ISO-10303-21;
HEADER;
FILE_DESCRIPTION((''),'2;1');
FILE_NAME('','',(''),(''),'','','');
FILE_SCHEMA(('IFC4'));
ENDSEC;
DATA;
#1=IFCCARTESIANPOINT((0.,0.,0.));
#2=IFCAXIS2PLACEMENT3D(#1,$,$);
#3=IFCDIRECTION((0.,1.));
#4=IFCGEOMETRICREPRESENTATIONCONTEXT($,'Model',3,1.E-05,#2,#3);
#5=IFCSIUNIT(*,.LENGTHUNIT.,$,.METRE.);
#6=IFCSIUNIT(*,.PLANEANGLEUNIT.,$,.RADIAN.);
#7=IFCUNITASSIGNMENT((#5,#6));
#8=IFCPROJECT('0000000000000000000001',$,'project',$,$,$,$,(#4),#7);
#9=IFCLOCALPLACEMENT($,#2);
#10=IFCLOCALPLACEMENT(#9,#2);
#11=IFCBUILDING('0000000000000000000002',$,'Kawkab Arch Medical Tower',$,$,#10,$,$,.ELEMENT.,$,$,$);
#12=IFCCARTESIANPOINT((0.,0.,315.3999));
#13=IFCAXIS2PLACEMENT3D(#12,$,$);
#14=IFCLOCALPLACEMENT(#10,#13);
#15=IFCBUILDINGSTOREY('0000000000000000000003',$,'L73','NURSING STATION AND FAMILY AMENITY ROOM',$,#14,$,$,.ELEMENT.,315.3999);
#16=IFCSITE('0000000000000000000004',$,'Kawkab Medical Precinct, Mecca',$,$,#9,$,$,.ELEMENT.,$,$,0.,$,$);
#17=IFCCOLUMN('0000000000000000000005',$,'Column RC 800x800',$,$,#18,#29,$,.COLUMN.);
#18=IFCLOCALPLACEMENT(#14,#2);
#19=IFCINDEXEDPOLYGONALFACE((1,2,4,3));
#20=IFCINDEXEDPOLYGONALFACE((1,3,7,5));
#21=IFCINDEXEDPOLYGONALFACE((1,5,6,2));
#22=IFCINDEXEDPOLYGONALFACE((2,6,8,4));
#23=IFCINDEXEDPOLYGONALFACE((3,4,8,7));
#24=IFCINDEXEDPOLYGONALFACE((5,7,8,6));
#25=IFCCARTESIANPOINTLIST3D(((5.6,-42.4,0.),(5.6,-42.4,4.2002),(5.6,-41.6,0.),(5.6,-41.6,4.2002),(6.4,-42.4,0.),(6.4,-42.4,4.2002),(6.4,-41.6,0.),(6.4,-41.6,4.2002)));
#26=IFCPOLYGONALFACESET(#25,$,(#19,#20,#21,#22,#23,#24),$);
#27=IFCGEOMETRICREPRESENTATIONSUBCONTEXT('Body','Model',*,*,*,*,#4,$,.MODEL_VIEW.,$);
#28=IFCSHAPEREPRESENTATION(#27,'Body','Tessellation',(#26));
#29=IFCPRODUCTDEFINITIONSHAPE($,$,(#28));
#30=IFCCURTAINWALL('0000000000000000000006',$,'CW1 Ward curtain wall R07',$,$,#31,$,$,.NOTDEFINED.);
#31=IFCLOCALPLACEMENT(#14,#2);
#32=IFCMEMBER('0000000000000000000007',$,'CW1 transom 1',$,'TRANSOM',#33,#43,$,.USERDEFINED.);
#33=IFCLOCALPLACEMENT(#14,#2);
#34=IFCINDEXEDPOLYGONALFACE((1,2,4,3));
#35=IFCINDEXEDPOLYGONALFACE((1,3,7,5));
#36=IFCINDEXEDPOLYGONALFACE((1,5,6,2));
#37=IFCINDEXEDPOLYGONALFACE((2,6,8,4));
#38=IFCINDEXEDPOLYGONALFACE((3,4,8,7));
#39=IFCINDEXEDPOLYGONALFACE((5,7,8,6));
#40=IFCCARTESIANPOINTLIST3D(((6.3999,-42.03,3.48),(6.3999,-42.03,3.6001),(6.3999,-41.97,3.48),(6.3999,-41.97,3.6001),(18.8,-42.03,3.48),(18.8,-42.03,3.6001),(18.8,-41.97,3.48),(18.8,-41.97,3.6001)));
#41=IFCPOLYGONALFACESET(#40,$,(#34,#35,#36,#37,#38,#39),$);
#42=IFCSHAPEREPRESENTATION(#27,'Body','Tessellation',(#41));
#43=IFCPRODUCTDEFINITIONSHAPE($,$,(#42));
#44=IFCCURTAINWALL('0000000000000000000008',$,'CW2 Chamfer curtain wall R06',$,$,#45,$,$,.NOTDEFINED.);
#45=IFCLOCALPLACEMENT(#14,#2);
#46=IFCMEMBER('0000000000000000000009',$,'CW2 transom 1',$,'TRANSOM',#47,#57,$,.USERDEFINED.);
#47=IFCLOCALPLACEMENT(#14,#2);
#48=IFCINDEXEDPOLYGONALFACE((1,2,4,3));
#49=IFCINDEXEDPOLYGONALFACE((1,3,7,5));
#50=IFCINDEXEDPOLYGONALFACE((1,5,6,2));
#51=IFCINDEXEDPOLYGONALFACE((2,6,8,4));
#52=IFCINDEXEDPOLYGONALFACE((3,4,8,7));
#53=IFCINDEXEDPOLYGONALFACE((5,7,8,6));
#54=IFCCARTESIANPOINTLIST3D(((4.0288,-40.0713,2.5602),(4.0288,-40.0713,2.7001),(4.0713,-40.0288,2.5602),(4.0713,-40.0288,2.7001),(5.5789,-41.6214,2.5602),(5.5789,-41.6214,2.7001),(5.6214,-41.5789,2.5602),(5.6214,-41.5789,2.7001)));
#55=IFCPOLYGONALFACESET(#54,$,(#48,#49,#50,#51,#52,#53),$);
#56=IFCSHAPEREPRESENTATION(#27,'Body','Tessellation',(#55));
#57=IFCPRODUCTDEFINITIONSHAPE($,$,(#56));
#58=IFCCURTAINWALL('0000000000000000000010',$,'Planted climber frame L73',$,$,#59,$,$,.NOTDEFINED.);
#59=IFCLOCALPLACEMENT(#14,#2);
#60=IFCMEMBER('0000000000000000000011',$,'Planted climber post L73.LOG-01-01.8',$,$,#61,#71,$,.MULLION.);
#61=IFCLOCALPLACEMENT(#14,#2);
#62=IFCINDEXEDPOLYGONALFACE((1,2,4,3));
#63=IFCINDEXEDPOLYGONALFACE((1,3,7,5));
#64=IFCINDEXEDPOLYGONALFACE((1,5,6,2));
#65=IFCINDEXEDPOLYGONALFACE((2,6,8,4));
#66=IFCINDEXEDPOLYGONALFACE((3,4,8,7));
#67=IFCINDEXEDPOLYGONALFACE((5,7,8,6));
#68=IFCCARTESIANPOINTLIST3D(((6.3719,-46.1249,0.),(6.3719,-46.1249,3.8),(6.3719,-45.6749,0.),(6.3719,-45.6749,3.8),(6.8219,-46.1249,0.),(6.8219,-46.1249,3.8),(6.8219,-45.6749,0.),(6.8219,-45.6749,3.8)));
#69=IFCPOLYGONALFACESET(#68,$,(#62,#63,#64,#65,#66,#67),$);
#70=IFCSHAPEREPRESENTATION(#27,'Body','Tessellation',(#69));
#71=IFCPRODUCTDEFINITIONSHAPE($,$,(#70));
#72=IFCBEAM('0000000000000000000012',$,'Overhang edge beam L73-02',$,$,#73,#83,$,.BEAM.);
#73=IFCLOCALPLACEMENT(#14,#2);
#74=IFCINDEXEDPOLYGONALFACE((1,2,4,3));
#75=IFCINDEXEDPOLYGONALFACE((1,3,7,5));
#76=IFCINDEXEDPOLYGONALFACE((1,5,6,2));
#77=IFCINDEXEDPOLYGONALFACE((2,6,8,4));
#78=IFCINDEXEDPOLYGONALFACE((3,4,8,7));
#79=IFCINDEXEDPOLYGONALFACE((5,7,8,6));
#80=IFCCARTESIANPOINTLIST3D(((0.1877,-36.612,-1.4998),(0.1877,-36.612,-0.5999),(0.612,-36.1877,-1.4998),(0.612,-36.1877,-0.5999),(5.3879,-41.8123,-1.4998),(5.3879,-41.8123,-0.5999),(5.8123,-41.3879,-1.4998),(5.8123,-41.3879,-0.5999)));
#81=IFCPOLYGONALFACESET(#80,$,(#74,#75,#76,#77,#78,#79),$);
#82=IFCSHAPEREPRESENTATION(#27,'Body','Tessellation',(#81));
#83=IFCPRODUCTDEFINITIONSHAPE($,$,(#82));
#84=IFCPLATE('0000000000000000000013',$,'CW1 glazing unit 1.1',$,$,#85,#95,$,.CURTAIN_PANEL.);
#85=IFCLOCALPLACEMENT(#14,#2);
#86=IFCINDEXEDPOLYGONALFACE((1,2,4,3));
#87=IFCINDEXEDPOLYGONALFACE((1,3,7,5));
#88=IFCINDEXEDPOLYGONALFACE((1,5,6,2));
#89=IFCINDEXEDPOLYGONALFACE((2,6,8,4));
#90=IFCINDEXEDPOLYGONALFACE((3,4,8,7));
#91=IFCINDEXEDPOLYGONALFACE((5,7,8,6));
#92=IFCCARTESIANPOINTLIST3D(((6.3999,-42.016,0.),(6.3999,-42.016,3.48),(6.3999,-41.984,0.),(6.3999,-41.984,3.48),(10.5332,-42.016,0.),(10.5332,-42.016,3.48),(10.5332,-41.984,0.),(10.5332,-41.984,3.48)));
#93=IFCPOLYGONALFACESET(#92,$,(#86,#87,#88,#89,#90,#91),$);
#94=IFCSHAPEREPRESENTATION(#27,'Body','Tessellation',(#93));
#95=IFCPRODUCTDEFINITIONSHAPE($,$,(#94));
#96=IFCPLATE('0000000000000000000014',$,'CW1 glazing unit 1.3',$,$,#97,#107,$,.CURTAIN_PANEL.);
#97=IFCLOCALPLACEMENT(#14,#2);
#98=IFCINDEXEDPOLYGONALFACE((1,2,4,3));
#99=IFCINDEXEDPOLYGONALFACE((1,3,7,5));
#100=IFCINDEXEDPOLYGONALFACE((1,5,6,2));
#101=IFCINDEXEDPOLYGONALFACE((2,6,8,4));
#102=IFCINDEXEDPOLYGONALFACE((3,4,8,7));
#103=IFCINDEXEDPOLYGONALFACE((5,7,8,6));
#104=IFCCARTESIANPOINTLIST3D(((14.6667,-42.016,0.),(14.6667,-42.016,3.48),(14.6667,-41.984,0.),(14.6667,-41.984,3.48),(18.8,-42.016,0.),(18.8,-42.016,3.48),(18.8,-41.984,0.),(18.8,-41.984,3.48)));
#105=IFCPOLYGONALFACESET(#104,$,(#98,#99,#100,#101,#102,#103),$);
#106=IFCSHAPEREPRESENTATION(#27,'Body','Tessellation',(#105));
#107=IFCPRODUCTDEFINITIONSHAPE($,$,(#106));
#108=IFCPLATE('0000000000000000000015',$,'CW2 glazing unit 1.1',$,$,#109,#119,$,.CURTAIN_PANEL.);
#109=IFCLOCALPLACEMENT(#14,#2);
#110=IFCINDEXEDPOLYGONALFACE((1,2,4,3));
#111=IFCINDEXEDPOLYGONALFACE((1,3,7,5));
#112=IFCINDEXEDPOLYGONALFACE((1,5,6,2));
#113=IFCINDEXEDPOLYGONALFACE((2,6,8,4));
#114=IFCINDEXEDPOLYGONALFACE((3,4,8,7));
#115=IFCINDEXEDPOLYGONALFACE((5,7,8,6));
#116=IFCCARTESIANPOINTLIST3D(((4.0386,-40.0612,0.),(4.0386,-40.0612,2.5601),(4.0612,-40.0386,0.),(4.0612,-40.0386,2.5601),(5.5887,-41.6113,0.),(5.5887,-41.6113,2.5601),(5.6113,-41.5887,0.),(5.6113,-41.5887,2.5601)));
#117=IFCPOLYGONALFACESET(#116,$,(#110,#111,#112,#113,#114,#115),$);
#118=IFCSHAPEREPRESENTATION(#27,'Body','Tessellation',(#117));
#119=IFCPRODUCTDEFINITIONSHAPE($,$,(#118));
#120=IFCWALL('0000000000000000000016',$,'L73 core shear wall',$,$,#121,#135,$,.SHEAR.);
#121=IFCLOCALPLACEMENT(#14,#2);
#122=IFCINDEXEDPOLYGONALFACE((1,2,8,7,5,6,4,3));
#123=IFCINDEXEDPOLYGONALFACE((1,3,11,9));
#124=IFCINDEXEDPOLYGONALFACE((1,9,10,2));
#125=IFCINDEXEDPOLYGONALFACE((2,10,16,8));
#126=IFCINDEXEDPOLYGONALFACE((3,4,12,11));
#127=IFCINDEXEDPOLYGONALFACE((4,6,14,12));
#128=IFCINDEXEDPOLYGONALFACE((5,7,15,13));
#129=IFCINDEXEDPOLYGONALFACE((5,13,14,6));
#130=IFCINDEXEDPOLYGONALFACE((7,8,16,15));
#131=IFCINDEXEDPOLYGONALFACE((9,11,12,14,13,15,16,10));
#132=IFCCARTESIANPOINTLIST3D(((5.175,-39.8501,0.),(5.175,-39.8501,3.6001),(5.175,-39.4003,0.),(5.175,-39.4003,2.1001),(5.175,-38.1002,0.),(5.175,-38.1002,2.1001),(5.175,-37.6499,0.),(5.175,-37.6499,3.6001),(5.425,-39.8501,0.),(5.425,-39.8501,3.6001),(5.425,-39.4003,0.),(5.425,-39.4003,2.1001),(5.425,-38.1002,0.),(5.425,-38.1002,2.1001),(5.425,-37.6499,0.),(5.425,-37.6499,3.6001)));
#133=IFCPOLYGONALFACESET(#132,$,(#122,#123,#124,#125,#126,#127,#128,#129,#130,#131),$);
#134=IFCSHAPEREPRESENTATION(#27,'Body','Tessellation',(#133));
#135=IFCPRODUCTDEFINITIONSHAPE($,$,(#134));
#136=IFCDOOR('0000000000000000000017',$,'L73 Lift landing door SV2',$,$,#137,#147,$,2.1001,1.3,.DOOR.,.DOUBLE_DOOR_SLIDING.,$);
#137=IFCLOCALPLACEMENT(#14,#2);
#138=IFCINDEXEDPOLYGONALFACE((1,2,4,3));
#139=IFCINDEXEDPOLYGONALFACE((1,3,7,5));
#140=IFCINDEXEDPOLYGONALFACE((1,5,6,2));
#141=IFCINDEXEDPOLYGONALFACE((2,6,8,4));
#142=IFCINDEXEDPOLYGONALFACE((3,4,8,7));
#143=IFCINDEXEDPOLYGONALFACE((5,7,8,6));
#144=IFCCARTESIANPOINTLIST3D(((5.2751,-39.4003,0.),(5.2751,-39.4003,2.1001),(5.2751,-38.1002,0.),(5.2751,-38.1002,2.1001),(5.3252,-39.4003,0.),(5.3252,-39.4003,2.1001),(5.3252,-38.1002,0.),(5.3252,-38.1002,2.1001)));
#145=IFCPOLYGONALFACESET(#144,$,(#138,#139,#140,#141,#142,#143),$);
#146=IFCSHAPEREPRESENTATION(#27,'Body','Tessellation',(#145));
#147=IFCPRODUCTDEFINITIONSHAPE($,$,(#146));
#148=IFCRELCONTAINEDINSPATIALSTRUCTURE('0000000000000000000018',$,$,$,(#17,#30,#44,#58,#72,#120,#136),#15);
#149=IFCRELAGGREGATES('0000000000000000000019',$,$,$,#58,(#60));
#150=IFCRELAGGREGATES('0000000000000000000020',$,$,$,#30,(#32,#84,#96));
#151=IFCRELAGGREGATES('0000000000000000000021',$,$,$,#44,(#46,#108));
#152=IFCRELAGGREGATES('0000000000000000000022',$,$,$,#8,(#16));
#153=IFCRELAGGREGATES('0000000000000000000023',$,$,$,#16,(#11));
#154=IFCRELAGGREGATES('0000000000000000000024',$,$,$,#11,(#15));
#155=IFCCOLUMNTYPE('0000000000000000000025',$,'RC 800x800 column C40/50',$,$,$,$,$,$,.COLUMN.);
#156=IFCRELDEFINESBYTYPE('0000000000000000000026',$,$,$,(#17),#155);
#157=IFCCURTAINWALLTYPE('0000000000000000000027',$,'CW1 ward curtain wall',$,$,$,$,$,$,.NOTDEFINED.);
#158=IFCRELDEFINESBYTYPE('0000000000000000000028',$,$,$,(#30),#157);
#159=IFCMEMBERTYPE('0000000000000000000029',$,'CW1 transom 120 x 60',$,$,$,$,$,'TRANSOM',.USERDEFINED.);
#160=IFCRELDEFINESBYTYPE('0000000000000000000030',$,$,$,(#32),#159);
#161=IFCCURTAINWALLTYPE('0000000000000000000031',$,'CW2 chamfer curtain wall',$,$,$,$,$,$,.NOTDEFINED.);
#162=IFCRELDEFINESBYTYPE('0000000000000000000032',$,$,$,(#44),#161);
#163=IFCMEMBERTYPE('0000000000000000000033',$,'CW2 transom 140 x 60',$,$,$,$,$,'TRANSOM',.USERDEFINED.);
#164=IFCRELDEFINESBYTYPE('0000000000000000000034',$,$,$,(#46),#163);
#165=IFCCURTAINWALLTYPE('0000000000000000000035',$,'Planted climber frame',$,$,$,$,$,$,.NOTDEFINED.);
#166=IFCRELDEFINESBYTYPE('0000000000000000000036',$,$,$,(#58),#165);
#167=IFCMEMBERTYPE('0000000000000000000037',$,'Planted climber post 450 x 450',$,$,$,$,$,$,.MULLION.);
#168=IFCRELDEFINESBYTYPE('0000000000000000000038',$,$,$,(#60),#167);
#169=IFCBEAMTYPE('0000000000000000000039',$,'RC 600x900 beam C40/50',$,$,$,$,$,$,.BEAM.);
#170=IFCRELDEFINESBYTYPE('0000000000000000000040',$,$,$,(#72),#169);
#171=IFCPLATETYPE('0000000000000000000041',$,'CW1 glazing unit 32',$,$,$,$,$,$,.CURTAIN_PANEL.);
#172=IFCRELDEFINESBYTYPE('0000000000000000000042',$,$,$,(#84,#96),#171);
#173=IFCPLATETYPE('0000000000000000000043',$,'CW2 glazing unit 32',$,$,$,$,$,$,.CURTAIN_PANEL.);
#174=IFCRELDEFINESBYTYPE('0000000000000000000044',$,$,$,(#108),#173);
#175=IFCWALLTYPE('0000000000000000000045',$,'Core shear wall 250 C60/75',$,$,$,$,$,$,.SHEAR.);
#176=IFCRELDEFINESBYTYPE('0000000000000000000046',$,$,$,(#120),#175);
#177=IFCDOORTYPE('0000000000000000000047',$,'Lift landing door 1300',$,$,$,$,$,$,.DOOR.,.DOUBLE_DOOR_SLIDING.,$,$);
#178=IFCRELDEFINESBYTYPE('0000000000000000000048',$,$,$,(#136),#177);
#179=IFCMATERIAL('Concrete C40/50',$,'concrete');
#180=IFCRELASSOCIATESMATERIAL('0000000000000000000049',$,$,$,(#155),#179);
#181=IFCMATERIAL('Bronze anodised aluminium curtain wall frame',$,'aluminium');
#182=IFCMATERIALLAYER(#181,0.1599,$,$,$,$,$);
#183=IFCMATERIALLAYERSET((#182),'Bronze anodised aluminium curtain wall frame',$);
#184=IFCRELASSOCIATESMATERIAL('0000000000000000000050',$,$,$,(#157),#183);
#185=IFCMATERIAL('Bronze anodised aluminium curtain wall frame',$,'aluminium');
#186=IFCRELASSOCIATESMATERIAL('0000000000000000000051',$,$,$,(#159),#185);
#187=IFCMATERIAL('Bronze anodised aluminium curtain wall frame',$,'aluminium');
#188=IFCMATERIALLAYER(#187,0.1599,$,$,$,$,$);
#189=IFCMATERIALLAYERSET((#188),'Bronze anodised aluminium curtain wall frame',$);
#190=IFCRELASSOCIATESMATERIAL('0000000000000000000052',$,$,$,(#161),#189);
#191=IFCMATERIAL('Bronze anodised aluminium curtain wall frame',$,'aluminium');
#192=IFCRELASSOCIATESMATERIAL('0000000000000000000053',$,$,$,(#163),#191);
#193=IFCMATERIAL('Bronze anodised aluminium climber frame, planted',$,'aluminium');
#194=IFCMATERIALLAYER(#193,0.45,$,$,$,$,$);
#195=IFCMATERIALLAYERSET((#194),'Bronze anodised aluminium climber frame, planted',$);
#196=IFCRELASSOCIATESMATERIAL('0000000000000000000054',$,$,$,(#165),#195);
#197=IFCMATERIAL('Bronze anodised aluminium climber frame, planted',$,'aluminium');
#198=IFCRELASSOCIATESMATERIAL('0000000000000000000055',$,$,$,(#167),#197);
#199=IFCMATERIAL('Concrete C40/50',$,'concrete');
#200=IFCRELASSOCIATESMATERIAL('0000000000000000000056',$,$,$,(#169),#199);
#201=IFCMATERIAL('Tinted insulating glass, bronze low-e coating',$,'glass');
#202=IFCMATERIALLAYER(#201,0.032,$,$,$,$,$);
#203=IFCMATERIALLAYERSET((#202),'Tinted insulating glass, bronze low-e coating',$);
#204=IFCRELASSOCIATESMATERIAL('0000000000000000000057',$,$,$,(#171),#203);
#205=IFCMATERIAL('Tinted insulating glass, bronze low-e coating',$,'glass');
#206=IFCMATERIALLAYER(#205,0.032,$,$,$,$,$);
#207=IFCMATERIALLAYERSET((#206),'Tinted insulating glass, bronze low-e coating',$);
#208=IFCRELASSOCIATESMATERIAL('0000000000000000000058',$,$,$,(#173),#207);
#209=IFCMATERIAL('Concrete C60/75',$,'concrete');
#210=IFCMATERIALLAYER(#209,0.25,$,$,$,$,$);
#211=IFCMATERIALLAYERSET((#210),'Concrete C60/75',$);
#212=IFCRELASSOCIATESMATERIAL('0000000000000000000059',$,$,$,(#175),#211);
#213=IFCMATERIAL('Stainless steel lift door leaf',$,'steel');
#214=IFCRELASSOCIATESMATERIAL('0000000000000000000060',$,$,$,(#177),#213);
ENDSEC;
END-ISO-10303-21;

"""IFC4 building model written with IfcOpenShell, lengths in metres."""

from ifc_helpers import new_model, si_unit, direction, frame, frame_2d, origin, origin_2d, place, context, subcontext, project, spatial, rectangle, extrude, material, layer, layer_set, material_profile, profile_set, type_object, element, fill, aggregate, save


model = new_model("IFC4")

# Units and contexts
model_context = context("Model", 3, precision=1e-05, world=origin(), true_north=direction((0.0, 1.0)))
body_context = subcontext(model_context, "Body", "Model", "MODEL_VIEW")
ifc_project = project(units=[si_unit("LENGTHUNIT", "METRE"), si_unit("PLANEANGLEUNIT", "RADIAN")], contexts=[model_context])

# Site, building, storey
site_placement = place(None, origin())
site = spatial("IfcSite", under=ifc_project, at=site_placement, Name="Kawkab Medical Precinct, Mecca", CompositionType="ELEMENT", RefElevation=0.0)
building_placement = place(site_placement, origin())
building = spatial("IfcBuilding", under=site, at=building_placement, Name="Kawkab Arch Medical Tower", CompositionType="ELEMENT")
storey_placement = place(building_placement, frame((0.0, 0.0, 315.3999)))
storey = spatial("IfcBuildingStorey", under=building, at=storey_placement, Name="L73", Description="NURSING STATION AND FAMILY AMENITY ROOM", CompositionType="ELEMENT", Elevation=315.3999)

# Column
ifc_material_1 = material(Name="Concrete C40/50", Category="concrete")
ifc_material_profile_1 = material_profile(ifc_material_1, rectangle(XDim=0.8, YDim=0.8, at=origin_2d()), Name="RC 800x800")
ifc_profile_set_1 = profile_set([ifc_material_profile_1], Name="Concrete C40/50")
column_type = type_object("IfcColumnType", Name="RC 800x800 column C40/50", PredefinedType="COLUMN", material=ifc_profile_set_1)
column_placement = place(storey_placement, frame((6.0, -42.0, 0.0), z_axis=(0.0, 0.0, 1.0), x_axis=(1.0, 0.0, 0.0)))
element("IfcColumn", 1, at=column_placement, inside=storey, type_object=column_type, Name="Column RC 800x800", PredefinedType="COLUMN", context=body_context, shape_type="SweptSolid", body=[
    extrude(rectangle(XDim=0.8, YDim=0.8, at=origin_2d()), origin(), (0.0, 0.0, 1.0), 4.2002),
])

# Curtain walls, members
ifc_material_2 = material(Name="Bronze anodised aluminium curtain wall frame", Category="aluminium")
ifc_layer_1 = layer(ifc_material_2, 0.1599)
ifc_layer_set_1 = layer_set([ifc_layer_1], Name="Bronze anodised aluminium curtain wall frame")
curtain_wall_type_1 = type_object("IfcCurtainWallType", Name="CW1 ward curtain wall", PredefinedType="NOTDEFINED", material=ifc_layer_set_1)
placement = place(storey_placement, origin())
curtain_wall_1 = element("IfcCurtainWall", 2, at=placement, inside=storey, type_object=curtain_wall_type_1, Name="CW1 Ward curtain wall R07", PredefinedType="NOTDEFINED")
ifc_material_3 = material(Name="Bronze anodised aluminium curtain wall frame", Category="aluminium")
ifc_material_profile_2 = material_profile(ifc_material_3, rectangle(XDim=0.0601, YDim=0.1201, at=origin_2d()), Name="AL 60x120")
ifc_profile_set_2 = profile_set([ifc_material_profile_2], Name="Bronze anodised aluminium curtain wall frame")
member_type_1 = type_object("IfcMemberType", Name="CW1 transom 120 x 60", ElementType="TRANSOM", PredefinedType="USERDEFINED", material=ifc_profile_set_2)
member_1_placement = place(storey_placement, frame((6.3999, -42.0, 3.54), z_axis=(1.0, 0.0, 0.0), x_axis=(0.0, 1.0, 0.0)))
member_1 = element("IfcMember", 3, at=member_1_placement, type_object=member_type_1, Name="CW1 transom 1", ObjectType="TRANSOM", PredefinedType="USERDEFINED", context=body_context, shape_type="SweptSolid", body=[
    extrude(rectangle(XDim=0.0601, YDim=0.1201, at=origin_2d()), origin(), (0.0, 0.0, 1.0), 12.4001),
])
ifc_material_4 = material(Name="Bronze anodised aluminium curtain wall frame", Category="aluminium")
ifc_layer_2 = layer(ifc_material_4, 0.1599)
ifc_layer_set_2 = layer_set([ifc_layer_2], Name="Bronze anodised aluminium curtain wall frame")
curtain_wall_type_2 = type_object("IfcCurtainWallType", Name="CW2 chamfer curtain wall", PredefinedType="NOTDEFINED", material=ifc_layer_set_2)
curtain_wall_2 = element("IfcCurtainWall", 4, at=placement, inside=storey, type_object=curtain_wall_type_2, Name="CW2 Chamfer curtain wall R06", PredefinedType="NOTDEFINED")
ifc_material_5 = material(Name="Bronze anodised aluminium curtain wall frame", Category="aluminium")
ifc_material_profile_3 = material_profile(ifc_material_5, rectangle(XDim=0.0601, YDim=0.1399, at=origin_2d()), Name="AL 60x140")
ifc_profile_set_3 = profile_set([ifc_material_profile_3], Name="Bronze anodised aluminium curtain wall frame")
member_type_2 = type_object("IfcMemberType", Name="CW2 transom 140 x 60", ElementType="TRANSOM", PredefinedType="USERDEFINED", material=ifc_profile_set_3)
member_2_placement = place(storey_placement, frame((4.05, -40.05, 2.6301), z_axis=(0.707107, -0.707107, 0.0), x_axis=(0.707107, 0.707107, 0.0)))
member_2 = element("IfcMember", 5, at=member_2_placement, type_object=member_type_2, Name="CW2 transom 1", ObjectType="TRANSOM", PredefinedType="USERDEFINED", context=body_context, shape_type="SweptSolid", body=[
    extrude(rectangle(XDim=0.0601, YDim=0.1399, at=origin_2d()), origin(), (0.0, 0.0, 1.0), 2.1921),
])
ifc_material_6 = material(Name="Bronze anodised aluminium climber frame, planted", Category="aluminium")
ifc_layer_3 = layer(ifc_material_6, 0.45)
ifc_layer_set_3 = layer_set([ifc_layer_3], Name="Bronze anodised aluminium climber frame, planted")
curtain_wall_type_3 = type_object("IfcCurtainWallType", Name="Planted climber frame", PredefinedType="NOTDEFINED", material=ifc_layer_set_3)
curtain_wall_3 = element("IfcCurtainWall", 6, at=placement, inside=storey, type_object=curtain_wall_type_3, Name="Planted climber frame L73", PredefinedType="NOTDEFINED")
ifc_material_7 = material(Name="Bronze anodised aluminium climber frame, planted", Category="aluminium")
ifc_material_profile_4 = material_profile(ifc_material_7, rectangle(XDim=0.45, YDim=0.45, at=origin_2d()), Name="Post 450x450")
ifc_profile_set_4 = profile_set([ifc_material_profile_4], Name="Bronze anodised aluminium climber frame, planted")
member_type_3 = type_object("IfcMemberType", Name="Planted climber post 450 x 450", PredefinedType="MULLION", material=ifc_profile_set_4)
member_3_placement = place(storey_placement, frame((6.5969, -45.8999, 0.0), z_axis=(0.0, 0.0, 1.0), x_axis=(1.0, 0.0, 0.0)))
member_3 = element("IfcMember", 7, at=member_3_placement, type_object=member_type_3, Name="Planted climber post L73.LOG-01-01.8", PredefinedType="MULLION", context=body_context, shape_type="SweptSolid", body=[
    extrude(rectangle(XDim=0.45, YDim=0.45, at=origin_2d()), origin(), (0.0, 0.0, 1.0), 3.8),
])
aggregate(curtain_wall_3, [member_3])

# Beam
ifc_material_8 = material(Name="Concrete C40/50", Category="concrete")
ifc_material_profile_5 = material_profile(ifc_material_8, rectangle(XDim=0.6001, YDim=0.8999, at=origin_2d()), Name="RC 600x900")
ifc_profile_set_5 = profile_set([ifc_material_profile_5], Name="Concrete C40/50")
beam_type = type_object("IfcBeamType", Name="RC 600x900 beam C40/50", PredefinedType="BEAM", material=ifc_profile_set_5)
beam_placement = place(storey_placement, frame((5.6001, -41.6001, -1.0498), z_axis=(-0.707107, 0.707107, 0.0), x_axis=(-0.707107, -0.707107, 0.0)))
element("IfcBeam", 8, at=beam_placement, inside=storey, type_object=beam_type, Name="Overhang edge beam L73-02", PredefinedType="BEAM", context=body_context, shape_type="SweptSolid", body=[
    extrude(rectangle(XDim=0.6001, YDim=0.8999, at=origin_2d()), origin(), (0.0, 0.0, 1.0), 7.3542),
])

# Plates
ifc_material_9 = material(Name="Tinted insulating glass, bronze low-e coating", Category="glass")
ifc_layer_4 = layer(ifc_material_9, 0.032)
ifc_layer_set_4 = layer_set([ifc_layer_4], Name="Tinted insulating glass, bronze low-e coating")
plate_type_1 = type_object("IfcPlateType", Name="CW1 glazing unit 32", PredefinedType="CURTAIN_PANEL", material=ifc_layer_set_4)
plate_1_placement = place(storey_placement, frame((8.4666, -42.0, 0.0), z_axis=(0.0, 0.0, 1.0), x_axis=(1.0, 0.0, 0.0)))
plate_1 = element("IfcPlate", 9, at=plate_1_placement, type_object=plate_type_1, Name="CW1 glazing unit 1.1", PredefinedType="CURTAIN_PANEL", context=body_context, shape_type="SweptSolid", body=[
    extrude(rectangle(XDim=4.1333, YDim=0.032, at=origin_2d()), origin(), (0.0, 0.0, 1.0), 3.48),
])
plate_2_placement = place(storey_placement, frame((16.7334, -42.0, 0.0), z_axis=(0.0, 0.0, 1.0), x_axis=(1.0, 0.0, 0.0)))
plate_2 = element("IfcPlate", 10, at=plate_2_placement, type_object=plate_type_1, Name="CW1 glazing unit 1.3", PredefinedType="CURTAIN_PANEL", context=body_context, shape_type="SweptSolid", body=[
    extrude(rectangle(XDim=4.1333, YDim=0.032, at=origin_2d()), origin(), (0.0, 0.0, 1.0), 3.48),
])
aggregate(curtain_wall_1, [member_1, plate_1, plate_2])
ifc_material_10 = material(Name="Tinted insulating glass, bronze low-e coating", Category="glass")
ifc_layer_5 = layer(ifc_material_10, 0.032)
ifc_layer_set_5 = layer_set([ifc_layer_5], Name="Tinted insulating glass, bronze low-e coating")
plate_type_2 = type_object("IfcPlateType", Name="CW2 glazing unit 32", PredefinedType="CURTAIN_PANEL", material=ifc_layer_set_5)
plate_3_placement = place(storey_placement, frame((4.825, -40.825, 0.0), z_axis=(0.0, 0.0, 1.0), x_axis=(0.707107, -0.707107, 0.0)))
plate_3 = element("IfcPlate", 11, at=plate_3_placement, type_object=plate_type_2, Name="CW2 glazing unit 1.1", PredefinedType="CURTAIN_PANEL", context=body_context, shape_type="SweptSolid", body=[
    extrude(rectangle(XDim=2.1921, YDim=0.032, at=origin_2d()), origin(), (0.0, 0.0, 1.0), 2.5601),
])
aggregate(curtain_wall_2, [member_2, plate_3])

# Wall, opening, door
ifc_material_11 = material(Name="Concrete C60/75", Category="concrete")
ifc_layer_6 = layer(ifc_material_11, 0.25)
ifc_layer_set_6 = layer_set([ifc_layer_6], Name="Concrete C60/75")
wall_type_1 = type_object("IfcWallType", Name="Core shear wall 250 C60/75", PredefinedType="SHEAR", material=ifc_layer_set_6)
wall_1_placement = place(storey_placement, frame((5.3, -39.8501, 0.0), z_axis=(0.0, 0.0, 1.0), x_axis=(0.0, 1.0, 0.0)))
wall_1 = element("IfcWall", 12, at=wall_1_placement, inside=storey, type_object=wall_type_1, Name="L73 core shear wall", PredefinedType="SHEAR", context=body_context, shape_type="SweptSolid", body=[
    extrude(rectangle(XDim=2.2002, YDim=0.25, at=frame_2d((1.1001, 0.0))), origin(), (0.0, 0.0, 1.0), 3.6001),
])
opening_1_placement = place(wall_1_placement, frame((0.45, 0.0, 0.0)))
opening_1 = element("IfcOpeningElement", 13, at=opening_1_placement, cuts=wall_1, PredefinedType="OPENING", context=body_context, shape_type="SweptSolid", body=[
    extrude(rectangle(XDim=1.3, YDim=2.1001, at=frame_2d((0.6499, 1.05))), frame((0.0, 0.135, 0.0), z_axis=(0.0, -1.0, 0.0), x_axis=(1.0, 0.0, 0.0)), (0.0, 0.0, 1.0), 0.27),
])
ifc_material_12 = material(Name="Stainless steel lift door leaf", Category="steel")
door_type_1 = type_object("IfcDoorType", Name="Lift landing door 1300", OperationType="DOUBLE_DOOR_SLIDING", PredefinedType="DOOR", material=ifc_material_12)
door_1_placement = place(opening_1_placement, origin())
door_1 = element("IfcDoor", 14, at=door_1_placement, inside=storey, type_object=door_type_1, Name="L73 Lift landing door SV2", OperationType="DOUBLE_DOOR_SLIDING", OverallHeight=2.1001, OverallWidth=1.3, PredefinedType="DOOR", context=body_context, shape_type="SweptSolid", body=[
    extrude(rectangle(XDim=1.3, YDim=2.1001, at=frame_2d((0.6499, 1.05))), frame((0.0, 0.0249, 0.0), z_axis=(0.0, -1.0, 0.0), x_axis=(1.0, 0.0, 0.0)), (0.0, 0.0, 1.0), 0.05),
])
fill(opening_1, door_1)

save(model, "model.ifc")
